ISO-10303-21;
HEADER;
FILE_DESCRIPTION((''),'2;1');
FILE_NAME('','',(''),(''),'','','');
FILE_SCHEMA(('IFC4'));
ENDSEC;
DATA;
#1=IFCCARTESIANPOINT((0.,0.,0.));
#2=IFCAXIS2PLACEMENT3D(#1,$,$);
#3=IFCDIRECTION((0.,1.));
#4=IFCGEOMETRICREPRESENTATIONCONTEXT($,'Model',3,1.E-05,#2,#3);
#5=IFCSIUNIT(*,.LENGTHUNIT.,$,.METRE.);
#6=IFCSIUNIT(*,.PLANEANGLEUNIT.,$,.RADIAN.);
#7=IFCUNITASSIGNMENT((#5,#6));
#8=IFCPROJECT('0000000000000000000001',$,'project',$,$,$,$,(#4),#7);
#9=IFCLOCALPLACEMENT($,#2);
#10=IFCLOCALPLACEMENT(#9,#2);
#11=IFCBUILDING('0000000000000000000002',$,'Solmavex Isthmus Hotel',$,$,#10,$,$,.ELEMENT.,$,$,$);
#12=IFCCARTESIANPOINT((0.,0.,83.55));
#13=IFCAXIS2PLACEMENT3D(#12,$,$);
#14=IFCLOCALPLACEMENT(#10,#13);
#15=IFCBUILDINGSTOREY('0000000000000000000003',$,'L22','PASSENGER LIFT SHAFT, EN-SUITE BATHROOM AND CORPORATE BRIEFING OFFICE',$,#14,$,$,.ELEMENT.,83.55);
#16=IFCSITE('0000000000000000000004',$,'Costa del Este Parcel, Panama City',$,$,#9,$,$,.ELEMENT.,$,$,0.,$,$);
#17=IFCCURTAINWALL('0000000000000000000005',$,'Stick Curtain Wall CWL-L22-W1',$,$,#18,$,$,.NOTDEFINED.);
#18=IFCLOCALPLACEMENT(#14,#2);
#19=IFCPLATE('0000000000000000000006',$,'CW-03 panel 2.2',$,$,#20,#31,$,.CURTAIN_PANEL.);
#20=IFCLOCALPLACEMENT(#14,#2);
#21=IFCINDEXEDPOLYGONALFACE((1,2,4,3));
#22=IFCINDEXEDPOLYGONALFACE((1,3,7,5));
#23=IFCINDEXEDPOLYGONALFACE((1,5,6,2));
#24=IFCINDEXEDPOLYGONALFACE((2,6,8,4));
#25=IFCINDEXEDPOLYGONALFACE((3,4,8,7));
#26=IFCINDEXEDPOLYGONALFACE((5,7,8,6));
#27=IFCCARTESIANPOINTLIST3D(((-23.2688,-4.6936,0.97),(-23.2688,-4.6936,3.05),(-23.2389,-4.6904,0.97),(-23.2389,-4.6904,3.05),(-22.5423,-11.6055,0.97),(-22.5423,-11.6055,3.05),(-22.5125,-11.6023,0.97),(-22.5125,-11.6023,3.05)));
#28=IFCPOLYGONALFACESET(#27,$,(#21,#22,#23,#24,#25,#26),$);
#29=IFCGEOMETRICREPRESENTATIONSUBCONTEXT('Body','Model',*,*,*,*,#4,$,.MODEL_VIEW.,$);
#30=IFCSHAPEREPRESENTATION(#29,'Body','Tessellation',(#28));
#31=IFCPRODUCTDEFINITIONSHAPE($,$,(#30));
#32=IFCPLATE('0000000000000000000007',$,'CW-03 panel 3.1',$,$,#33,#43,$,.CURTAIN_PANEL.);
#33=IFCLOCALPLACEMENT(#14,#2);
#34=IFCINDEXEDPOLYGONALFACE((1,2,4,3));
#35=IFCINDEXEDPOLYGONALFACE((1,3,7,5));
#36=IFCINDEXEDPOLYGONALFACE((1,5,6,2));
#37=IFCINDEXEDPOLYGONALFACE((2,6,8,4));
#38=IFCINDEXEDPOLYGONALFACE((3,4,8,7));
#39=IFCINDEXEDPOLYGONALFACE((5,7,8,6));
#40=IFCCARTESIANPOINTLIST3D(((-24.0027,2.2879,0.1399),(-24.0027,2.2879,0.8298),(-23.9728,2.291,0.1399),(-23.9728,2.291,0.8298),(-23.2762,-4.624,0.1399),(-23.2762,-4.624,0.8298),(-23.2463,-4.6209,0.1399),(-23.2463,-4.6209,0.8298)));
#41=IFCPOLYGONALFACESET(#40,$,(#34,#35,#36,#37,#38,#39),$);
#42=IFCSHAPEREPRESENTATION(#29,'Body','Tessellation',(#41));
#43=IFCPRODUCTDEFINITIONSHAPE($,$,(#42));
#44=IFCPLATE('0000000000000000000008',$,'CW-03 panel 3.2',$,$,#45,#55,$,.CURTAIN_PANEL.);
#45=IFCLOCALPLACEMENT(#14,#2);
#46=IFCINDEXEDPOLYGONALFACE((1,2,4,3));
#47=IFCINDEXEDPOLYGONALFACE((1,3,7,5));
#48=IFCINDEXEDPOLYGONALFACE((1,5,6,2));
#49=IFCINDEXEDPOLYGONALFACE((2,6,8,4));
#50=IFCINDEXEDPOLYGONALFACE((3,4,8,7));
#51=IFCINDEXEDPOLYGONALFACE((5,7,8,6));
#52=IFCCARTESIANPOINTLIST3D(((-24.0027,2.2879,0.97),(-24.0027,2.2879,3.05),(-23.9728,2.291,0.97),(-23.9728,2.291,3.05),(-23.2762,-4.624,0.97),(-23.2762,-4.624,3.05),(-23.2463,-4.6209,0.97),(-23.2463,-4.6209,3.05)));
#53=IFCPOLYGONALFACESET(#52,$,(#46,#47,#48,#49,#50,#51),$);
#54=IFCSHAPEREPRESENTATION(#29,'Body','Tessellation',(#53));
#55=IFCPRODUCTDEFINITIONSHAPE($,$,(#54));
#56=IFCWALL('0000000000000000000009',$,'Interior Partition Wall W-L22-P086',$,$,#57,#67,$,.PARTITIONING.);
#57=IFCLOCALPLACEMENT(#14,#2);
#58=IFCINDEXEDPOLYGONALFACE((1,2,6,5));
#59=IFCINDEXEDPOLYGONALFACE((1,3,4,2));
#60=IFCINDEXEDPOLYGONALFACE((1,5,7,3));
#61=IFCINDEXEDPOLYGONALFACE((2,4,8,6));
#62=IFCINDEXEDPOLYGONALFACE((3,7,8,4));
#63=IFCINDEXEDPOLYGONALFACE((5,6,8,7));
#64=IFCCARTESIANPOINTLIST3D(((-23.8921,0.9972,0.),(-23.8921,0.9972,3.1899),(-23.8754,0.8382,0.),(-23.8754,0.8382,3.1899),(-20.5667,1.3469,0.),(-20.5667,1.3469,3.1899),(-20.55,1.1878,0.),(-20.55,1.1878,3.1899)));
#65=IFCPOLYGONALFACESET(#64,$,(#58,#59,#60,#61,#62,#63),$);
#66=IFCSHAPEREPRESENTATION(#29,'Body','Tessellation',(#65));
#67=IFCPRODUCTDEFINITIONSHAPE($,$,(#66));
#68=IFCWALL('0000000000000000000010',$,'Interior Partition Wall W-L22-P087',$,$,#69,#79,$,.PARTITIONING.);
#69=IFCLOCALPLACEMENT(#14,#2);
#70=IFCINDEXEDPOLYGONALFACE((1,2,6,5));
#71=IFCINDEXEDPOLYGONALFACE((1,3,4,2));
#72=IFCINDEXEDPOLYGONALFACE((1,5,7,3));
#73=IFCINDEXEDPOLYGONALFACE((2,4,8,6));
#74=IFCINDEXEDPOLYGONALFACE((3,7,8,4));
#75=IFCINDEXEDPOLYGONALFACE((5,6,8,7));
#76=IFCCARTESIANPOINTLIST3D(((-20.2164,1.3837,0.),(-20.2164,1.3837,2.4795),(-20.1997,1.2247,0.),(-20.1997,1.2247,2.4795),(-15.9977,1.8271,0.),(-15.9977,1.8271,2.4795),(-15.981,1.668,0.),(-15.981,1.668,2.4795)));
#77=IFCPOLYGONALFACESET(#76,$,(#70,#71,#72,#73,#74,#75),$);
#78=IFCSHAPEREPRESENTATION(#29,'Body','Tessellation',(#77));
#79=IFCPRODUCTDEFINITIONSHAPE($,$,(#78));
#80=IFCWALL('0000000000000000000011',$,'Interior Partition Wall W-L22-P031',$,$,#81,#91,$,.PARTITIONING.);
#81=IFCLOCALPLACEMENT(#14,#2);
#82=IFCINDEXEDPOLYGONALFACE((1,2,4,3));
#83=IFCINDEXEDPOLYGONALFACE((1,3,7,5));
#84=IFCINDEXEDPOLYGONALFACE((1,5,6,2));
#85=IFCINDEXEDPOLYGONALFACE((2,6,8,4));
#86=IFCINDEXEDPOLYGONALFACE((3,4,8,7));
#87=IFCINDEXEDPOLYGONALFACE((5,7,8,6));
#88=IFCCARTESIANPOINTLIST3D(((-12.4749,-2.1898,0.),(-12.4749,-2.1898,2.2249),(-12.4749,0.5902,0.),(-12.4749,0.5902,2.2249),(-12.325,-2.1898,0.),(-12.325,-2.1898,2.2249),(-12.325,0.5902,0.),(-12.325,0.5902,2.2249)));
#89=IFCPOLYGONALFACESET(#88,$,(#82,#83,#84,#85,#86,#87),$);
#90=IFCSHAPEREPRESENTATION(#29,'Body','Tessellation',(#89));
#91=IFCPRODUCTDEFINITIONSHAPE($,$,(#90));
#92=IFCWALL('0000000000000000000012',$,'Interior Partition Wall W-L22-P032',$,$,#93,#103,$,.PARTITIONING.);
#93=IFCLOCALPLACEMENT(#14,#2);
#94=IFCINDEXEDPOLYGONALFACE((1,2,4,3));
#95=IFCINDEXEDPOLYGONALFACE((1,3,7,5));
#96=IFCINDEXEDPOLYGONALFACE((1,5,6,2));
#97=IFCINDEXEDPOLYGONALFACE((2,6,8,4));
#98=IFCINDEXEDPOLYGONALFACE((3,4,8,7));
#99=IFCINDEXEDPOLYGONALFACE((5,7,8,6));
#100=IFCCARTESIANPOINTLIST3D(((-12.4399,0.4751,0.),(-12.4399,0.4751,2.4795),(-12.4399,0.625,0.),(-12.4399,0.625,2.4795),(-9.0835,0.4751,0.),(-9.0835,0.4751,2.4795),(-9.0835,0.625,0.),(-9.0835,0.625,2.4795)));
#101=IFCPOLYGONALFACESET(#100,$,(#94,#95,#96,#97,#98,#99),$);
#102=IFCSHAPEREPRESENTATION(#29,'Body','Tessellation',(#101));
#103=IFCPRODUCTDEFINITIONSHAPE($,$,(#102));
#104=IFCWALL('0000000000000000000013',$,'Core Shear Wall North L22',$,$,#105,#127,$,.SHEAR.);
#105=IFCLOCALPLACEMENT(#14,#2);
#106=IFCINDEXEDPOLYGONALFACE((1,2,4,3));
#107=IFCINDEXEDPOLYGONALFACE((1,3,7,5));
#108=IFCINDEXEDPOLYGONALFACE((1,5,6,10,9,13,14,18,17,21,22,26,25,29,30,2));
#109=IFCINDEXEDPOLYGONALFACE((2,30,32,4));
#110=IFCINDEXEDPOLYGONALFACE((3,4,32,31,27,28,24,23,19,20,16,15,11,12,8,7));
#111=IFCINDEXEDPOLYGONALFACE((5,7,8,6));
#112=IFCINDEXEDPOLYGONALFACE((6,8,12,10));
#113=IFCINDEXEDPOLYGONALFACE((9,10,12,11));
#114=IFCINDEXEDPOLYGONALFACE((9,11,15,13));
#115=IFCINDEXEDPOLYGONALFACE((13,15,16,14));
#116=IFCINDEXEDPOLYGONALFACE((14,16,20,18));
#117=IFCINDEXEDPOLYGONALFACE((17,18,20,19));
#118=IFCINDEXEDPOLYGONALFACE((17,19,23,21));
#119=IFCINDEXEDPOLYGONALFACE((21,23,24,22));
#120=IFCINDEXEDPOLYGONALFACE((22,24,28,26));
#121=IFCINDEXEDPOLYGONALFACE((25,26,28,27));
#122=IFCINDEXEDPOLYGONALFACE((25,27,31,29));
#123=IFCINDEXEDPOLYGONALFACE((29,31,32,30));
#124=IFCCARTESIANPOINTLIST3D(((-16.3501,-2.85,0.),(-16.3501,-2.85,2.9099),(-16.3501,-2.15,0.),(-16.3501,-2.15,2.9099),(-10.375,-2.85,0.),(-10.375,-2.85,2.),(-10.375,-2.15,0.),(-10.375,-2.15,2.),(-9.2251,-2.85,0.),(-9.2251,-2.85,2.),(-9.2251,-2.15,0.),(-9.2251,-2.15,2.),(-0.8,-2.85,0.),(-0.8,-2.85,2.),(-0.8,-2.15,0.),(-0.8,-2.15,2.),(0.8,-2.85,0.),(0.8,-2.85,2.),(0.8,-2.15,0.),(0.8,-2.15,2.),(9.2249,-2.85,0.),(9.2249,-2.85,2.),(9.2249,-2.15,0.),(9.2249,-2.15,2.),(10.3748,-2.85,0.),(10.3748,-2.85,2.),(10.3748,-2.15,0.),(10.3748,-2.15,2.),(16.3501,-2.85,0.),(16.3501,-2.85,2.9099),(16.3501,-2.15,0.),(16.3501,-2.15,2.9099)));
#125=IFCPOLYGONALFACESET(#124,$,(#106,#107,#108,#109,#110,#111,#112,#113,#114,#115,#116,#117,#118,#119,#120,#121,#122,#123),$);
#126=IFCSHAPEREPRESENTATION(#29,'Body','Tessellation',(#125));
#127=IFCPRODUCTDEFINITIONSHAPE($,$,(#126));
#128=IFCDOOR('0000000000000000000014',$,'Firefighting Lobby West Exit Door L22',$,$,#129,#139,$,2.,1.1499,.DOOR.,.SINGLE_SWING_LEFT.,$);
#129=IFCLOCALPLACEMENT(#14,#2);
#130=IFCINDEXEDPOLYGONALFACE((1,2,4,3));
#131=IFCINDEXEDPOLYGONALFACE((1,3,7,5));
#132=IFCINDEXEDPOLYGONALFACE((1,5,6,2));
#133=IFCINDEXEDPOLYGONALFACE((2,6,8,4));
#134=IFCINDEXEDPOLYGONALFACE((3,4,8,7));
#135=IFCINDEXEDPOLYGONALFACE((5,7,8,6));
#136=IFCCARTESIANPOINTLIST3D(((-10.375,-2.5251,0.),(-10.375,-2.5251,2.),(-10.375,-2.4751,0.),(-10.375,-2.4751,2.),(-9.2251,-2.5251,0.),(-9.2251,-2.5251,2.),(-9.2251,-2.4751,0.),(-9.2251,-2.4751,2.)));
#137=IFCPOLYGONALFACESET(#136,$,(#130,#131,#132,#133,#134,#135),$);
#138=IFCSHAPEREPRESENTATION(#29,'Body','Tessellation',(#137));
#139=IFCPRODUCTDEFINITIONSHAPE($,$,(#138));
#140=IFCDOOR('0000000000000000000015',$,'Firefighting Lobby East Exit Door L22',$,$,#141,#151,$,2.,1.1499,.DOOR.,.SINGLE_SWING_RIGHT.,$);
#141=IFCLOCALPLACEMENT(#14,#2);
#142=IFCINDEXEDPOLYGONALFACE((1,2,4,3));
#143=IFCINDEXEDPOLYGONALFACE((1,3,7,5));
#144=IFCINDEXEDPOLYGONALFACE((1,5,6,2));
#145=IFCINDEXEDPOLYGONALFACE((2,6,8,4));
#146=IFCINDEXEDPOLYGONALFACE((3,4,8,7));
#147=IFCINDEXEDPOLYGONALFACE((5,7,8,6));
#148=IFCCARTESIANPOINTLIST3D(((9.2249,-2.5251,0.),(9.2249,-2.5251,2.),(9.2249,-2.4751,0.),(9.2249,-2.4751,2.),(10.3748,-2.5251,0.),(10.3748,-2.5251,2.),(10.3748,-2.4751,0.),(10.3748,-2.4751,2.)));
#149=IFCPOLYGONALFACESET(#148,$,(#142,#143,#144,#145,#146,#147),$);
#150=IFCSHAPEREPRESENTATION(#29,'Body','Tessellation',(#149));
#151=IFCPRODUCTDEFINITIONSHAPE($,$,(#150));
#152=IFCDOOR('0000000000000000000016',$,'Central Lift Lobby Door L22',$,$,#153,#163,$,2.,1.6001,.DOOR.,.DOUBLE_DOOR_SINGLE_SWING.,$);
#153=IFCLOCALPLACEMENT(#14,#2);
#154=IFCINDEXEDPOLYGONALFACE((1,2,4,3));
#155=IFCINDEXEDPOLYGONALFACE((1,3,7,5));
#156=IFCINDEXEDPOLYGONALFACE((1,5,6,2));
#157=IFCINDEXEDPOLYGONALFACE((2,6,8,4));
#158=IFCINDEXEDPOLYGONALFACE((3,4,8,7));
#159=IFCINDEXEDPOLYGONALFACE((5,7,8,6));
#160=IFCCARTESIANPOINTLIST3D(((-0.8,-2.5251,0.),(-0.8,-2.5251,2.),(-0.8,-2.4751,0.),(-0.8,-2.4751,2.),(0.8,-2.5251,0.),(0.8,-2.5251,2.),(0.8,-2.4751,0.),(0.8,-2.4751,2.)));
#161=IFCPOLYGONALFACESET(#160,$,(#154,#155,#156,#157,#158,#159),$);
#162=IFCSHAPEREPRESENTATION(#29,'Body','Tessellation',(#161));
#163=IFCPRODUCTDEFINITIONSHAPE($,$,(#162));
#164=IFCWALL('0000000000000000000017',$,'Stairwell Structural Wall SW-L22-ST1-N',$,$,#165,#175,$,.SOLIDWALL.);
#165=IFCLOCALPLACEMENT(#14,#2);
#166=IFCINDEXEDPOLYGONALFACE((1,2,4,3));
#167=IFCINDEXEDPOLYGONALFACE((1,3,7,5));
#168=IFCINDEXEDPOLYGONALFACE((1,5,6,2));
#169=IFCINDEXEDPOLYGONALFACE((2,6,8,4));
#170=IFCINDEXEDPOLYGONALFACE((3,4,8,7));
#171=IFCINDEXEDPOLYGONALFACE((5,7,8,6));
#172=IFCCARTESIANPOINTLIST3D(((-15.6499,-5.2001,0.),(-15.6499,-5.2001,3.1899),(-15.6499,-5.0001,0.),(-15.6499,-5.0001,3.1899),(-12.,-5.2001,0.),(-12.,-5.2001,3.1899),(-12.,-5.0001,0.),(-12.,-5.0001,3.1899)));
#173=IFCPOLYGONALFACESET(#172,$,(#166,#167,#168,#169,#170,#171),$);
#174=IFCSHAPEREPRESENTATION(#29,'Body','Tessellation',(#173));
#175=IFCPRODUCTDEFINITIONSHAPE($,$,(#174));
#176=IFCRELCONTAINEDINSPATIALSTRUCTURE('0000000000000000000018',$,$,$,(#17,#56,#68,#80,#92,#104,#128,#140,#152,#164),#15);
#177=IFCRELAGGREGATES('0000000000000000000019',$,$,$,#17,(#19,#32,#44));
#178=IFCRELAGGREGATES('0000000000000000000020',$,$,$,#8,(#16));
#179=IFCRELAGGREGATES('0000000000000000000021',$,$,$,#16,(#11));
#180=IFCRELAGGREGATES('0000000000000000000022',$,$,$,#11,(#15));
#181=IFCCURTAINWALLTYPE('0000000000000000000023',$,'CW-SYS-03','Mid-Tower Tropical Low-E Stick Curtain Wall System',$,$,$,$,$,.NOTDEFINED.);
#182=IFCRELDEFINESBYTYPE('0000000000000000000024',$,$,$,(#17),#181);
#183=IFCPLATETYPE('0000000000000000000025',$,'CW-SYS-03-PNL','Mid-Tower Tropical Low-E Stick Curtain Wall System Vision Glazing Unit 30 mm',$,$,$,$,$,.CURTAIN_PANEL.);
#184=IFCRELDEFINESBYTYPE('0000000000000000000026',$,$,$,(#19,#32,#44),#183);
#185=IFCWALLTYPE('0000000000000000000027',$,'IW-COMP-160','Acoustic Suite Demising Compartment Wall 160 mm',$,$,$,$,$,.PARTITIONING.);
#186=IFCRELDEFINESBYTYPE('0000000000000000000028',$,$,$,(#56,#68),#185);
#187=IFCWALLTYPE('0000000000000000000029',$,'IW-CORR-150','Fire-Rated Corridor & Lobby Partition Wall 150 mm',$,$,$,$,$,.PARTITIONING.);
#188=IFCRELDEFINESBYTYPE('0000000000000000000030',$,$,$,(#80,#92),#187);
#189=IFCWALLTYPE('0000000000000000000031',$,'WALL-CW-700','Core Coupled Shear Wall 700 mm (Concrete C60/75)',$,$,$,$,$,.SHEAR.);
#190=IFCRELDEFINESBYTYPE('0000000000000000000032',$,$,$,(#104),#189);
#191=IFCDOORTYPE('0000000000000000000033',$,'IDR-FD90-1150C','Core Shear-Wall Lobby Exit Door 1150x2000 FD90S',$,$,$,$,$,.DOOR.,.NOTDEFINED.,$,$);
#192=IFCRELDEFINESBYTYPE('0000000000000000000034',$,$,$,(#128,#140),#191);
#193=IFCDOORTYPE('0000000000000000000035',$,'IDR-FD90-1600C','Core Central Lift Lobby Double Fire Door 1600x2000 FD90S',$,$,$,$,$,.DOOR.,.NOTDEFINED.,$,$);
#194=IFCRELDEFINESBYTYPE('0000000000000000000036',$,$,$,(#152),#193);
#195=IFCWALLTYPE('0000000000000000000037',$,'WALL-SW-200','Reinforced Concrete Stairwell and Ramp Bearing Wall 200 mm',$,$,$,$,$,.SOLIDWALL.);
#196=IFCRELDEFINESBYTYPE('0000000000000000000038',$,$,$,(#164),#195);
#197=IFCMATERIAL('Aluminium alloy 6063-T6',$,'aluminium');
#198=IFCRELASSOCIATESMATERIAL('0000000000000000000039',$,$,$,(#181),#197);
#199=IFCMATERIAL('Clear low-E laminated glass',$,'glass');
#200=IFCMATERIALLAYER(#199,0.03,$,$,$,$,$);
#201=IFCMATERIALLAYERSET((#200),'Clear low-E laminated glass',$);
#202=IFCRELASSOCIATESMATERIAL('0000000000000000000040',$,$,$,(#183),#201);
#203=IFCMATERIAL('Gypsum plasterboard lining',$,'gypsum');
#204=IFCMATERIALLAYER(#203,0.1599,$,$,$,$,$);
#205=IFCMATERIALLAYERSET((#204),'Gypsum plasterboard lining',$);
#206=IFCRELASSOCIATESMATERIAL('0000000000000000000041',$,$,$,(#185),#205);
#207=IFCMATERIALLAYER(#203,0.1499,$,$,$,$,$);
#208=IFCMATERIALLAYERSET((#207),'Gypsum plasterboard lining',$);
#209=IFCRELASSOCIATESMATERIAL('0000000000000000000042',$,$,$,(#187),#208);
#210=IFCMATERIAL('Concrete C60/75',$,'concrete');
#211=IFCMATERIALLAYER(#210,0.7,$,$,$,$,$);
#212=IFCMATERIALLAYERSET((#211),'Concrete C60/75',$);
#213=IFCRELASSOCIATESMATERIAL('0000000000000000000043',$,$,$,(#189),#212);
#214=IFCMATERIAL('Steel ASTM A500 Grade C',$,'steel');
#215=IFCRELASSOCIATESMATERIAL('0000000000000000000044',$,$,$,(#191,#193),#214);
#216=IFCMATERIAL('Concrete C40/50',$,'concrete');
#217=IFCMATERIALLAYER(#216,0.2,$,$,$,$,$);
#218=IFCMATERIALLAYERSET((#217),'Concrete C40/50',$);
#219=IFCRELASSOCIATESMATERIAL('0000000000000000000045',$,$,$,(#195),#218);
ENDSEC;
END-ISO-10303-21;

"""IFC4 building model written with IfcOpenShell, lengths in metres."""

from ifc_helpers import new_model, si_unit, direction, frame, frame_2d, origin, origin_2d, place, context, subcontext, project, spatial, rectangle, extrude, material, layer, layer_set, type_object, element, fill, aggregate, save


model = new_model("IFC4")

# Units and contexts
model_context = context("Model", 3, precision=1e-05, world=origin(), true_north=direction((0.0, 1.0)))
body_context = subcontext(model_context, "Body", "Model", "MODEL_VIEW")
ifc_project = project(units=[si_unit("LENGTHUNIT", "METRE"), si_unit("PLANEANGLEUNIT", "RADIAN")], contexts=[model_context])

# Site, building, storey
site_placement = place(None, origin())
site = spatial("IfcSite", under=ifc_project, at=site_placement, Name="Costa del Este Parcel, Panama City", CompositionType="ELEMENT", RefElevation=0.0)
building_placement = place(site_placement, origin())
building = spatial("IfcBuilding", under=site, at=building_placement, Name="Solmavex Isthmus Hotel", CompositionType="ELEMENT")
storey_placement = place(building_placement, frame((0.0, 0.0, 83.55)))
storey = spatial("IfcBuildingStorey", under=building, at=storey_placement, Name="L22", Description="PASSENGER LIFT SHAFT, EN-SUITE BATHROOM AND CORPORATE BRIEFING OFFICE", CompositionType="ELEMENT", Elevation=83.55)

# Shared definitions
ifc_material_1 = material(Name="Concrete C60/75", Category="concrete")

# Curtain wall, plates
ifc_material_2 = material(Name="Aluminium alloy 6063-T6", Category="aluminium")
curtain_wall_type = type_object("IfcCurtainWallType", Name="CW-SYS-03", Description="Mid-Tower Tropical Low-E Stick Curtain Wall System", PredefinedType="NOTDEFINED", material=ifc_material_2)
curtain_wall_placement = place(storey_placement, origin())
curtain_wall = element("IfcCurtainWall", 1, at=curtain_wall_placement, inside=storey, type_object=curtain_wall_type, Name="Stick Curtain Wall CWL-L22-W1", PredefinedType="NOTDEFINED")
ifc_material_3 = material(Name="Clear low-E laminated glass", Category="glass")
ifc_layer_1 = layer(ifc_material_3, 0.03)
ifc_layer_set_1 = layer_set([ifc_layer_1], Name="Clear low-E laminated glass")
plate_type = type_object("IfcPlateType", Name="CW-SYS-03-PNL", Description="Mid-Tower Tropical Low-E Stick Curtain Wall System Vision Glazing Unit 30 mm", PredefinedType="CURTAIN_PANEL", material=ifc_layer_set_1)
plate_1_placement = place(storey_placement, frame((-22.8906, -8.1479, 0.97), z_axis=(0.0, 0.0, 1.0), x_axis=(-0.104528, 0.994522, 0.0)))
plate_1 = element("IfcPlate", 2, at=plate_1_placement, type_object=plate_type, Name="CW-03 panel 2.2", PredefinedType="CURTAIN_PANEL", context=body_context, shape_type="SweptSolid", body=[
    extrude(rectangle(XDim=6.95, YDim=0.03, at=origin_2d()), origin(), (0.0, 0.0, 1.0), 2.0801),
])
plate_2_placement = place(storey_placement, frame((-23.6245, -1.1665, 0.1399), z_axis=(0.0, 0.0, 1.0), x_axis=(-0.104528, 0.994522, 0.0)))
plate_2 = element("IfcPlate", 3, at=plate_2_placement, type_object=plate_type, Name="CW-03 panel 3.1", PredefinedType="CURTAIN_PANEL", context=body_context, shape_type="SweptSolid", body=[
    extrude(rectangle(XDim=6.95, YDim=0.03, at=origin_2d()), origin(), (0.0, 0.0, 1.0), 0.6899),
])
plate_3_placement = place(storey_placement, frame((-23.6245, -1.1665, 0.97), z_axis=(0.0, 0.0, 1.0), x_axis=(-0.104528, 0.994522, 0.0)))
plate_3 = element("IfcPlate", 4, at=plate_3_placement, type_object=plate_type, Name="CW-03 panel 3.2", PredefinedType="CURTAIN_PANEL", context=body_context, shape_type="SweptSolid", body=[
    extrude(rectangle(XDim=6.95, YDim=0.03, at=origin_2d()), origin(), (0.0, 0.0, 1.0), 2.0801),
])
aggregate(curtain_wall, [plate_1, plate_2, plate_3])

# Walls
ifc_material_4 = material(Name="Gypsum plasterboard lining", Category="gypsum")
ifc_layer_2 = layer(ifc_material_4, 0.1599)
ifc_layer_set_2 = layer_set([ifc_layer_2], Name="Gypsum plasterboard lining")
wall_type_1 = type_object("IfcWallType", Name="IW-COMP-160", Description="Acoustic Suite Demising Compartment Wall 160 mm", PredefinedType="PARTITIONING", material=ifc_layer_set_2)
wall_1_placement = place(storey_placement, frame((-20.5583, 1.2673, 0.0), z_axis=(0.0, 0.0, 1.0), x_axis=(-0.994519, -0.104556, 0.0)))
element("IfcWall", 5, at=wall_1_placement, inside=storey, type_object=wall_type_1, Name="Interior Partition Wall W-L22-P086", PredefinedType="PARTITIONING", context=body_context, shape_type="SweptSolid", body=[
    extrude(rectangle(XDim=3.3438, YDim=0.1599, at=frame_2d((1.6719, 0.0))), origin(), (0.0, 0.0, 1.0), 3.1899),
])
wall_2_placement = place(storey_placement, frame((-15.9893, 1.7476, 0.0), z_axis=(0.0, 0.0, 1.0), x_axis=(-0.994523, -0.104517, 0.0)))
element("IfcWall", 6, at=wall_2_placement, inside=storey, type_object=wall_type_1, Name="Interior Partition Wall W-L22-P087", PredefinedType="PARTITIONING", context=body_context, shape_type="SweptSolid", body=[
    extrude(rectangle(XDim=4.2419, YDim=0.1599, at=frame_2d((2.1211, 0.0))), origin(), (0.0, 0.0, 1.0), 2.4795),
])

# Shared definitions
ifc_layer_3 = layer(ifc_material_4, 0.1499)
ifc_layer_set_3 = layer_set([ifc_layer_3], Name="Gypsum plasterboard lining")
wall_type_2 = type_object("IfcWallType", Name="IW-CORR-150", Description="Fire-Rated Corridor & Lobby Partition Wall 150 mm", PredefinedType="PARTITIONING", material=ifc_layer_set_3)

# Walls
wall_3_placement = place(storey_placement, frame((-12.3999, -2.1899, 0.0), z_axis=(0.0, 0.0, 1.0), x_axis=(0.0, 1.0, 0.0)))
element("IfcWall", 7, at=wall_3_placement, inside=storey, type_object=wall_type_2, Name="Interior Partition Wall W-L22-P031", PredefinedType="PARTITIONING", context=body_context, shape_type="SweptSolid", body=[
    extrude(rectangle(XDim=2.78, YDim=0.1499, at=frame_2d((1.3901, 0.0))), origin(), (0.0, 0.0, 1.0), 2.2249),
])
wall_4_placement = place(storey_placement, frame((-12.4399, 0.55, 0.0), z_axis=(0.0, 0.0, 1.0), x_axis=(1.0, 0.0, 0.0)))
element("IfcWall", 8, at=wall_4_placement, inside=storey, type_object=wall_type_2, Name="Interior Partition Wall W-L22-P032", PredefinedType="PARTITIONING", context=body_context, shape_type="SweptSolid", body=[
    extrude(rectangle(XDim=3.3564, YDim=0.1499, at=frame_2d((1.6782, 0.0))), origin(), (0.0, 0.0, 1.0), 2.4795),
])

# Wall, openings, doors
ifc_layer_4 = layer(ifc_material_1, 0.7)
ifc_layer_set_4 = layer_set([ifc_layer_4], Name="Concrete C60/75")
wall_type_3 = type_object("IfcWallType", Name="WALL-CW-700", Description="Core Coupled Shear Wall 700 mm (Concrete C60/75)", PredefinedType="SHEAR", material=ifc_layer_set_4)
wall_5_placement = place(storey_placement, frame((-16.3501, -2.5, 0.0), z_axis=(0.0, 0.0, 1.0), x_axis=(1.0, 0.0, 0.0)))
wall_5 = element("IfcWall", 9, at=wall_5_placement, inside=storey, type_object=wall_type_3, Name="Core Shear Wall North L22", PredefinedType="SHEAR", context=body_context, shape_type="SweptSolid", body=[
    extrude(rectangle(XDim=32.7002, YDim=0.7, at=frame_2d((16.3501, 0.0))), origin(), (0.0, 0.0, 1.0), 2.9099),
])
opening_1_placement = place(wall_5_placement, frame((5.9751, 0.0, 0.0)))
opening_1 = element("IfcOpeningElement", 10, at=opening_1_placement, cuts=wall_5, PredefinedType="OPENING", context=body_context, shape_type="SweptSolid", body=[
    extrude(rectangle(XDim=1.1499, YDim=2.0, at=frame_2d((0.575, 1.0))), frame((0.0, 0.3599, 0.0), z_axis=(0.0, -1.0, 0.0), x_axis=(1.0, 0.0, 0.0)), (0.0, 0.0, 1.0), 0.72),
])
opening_2_placement = place(wall_5_placement, frame((15.55, 0.0, 0.0)))
opening_2 = element("IfcOpeningElement", 11, at=opening_2_placement, cuts=wall_5, PredefinedType="OPENING", context=body_context, shape_type="SweptSolid", body=[
    extrude(rectangle(XDim=1.6001, YDim=2.0, at=frame_2d((0.8, 1.0))), frame((0.0, 0.3599, 0.0), z_axis=(0.0, -1.0, 0.0), x_axis=(1.0, 0.0, 0.0)), (0.0, 0.0, 1.0), 0.72),
])
opening_3_placement = place(wall_5_placement, frame((25.575, 0.0, 0.0)))
opening_3 = element("IfcOpeningElement", 12, at=opening_3_placement, cuts=wall_5, PredefinedType="OPENING", context=body_context, shape_type="SweptSolid", body=[
    extrude(rectangle(XDim=1.1499, YDim=2.0, at=frame_2d((0.575, 1.0))), frame((0.0, 0.3599, 0.0), z_axis=(0.0, -1.0, 0.0), x_axis=(1.0, 0.0, 0.0)), (0.0, 0.0, 1.0), 0.72),
])
ifc_material_5 = material(Name="Steel ASTM A500 Grade C", Category="steel")
door_type_1 = type_object("IfcDoorType", Name="IDR-FD90-1150C", Description="Core Shear-Wall Lobby Exit Door 1150x2000 FD90S", OperationType="NOTDEFINED", PredefinedType="DOOR", material=ifc_material_5)
door_1_placement = place(opening_1_placement, origin())
door_1 = element("IfcDoor", 13, at=door_1_placement, inside=storey, type_object=door_type_1, Name="Firefighting Lobby West Exit Door L22", OperationType="SINGLE_SWING_LEFT", OverallHeight=2.0, OverallWidth=1.1499, PredefinedType="DOOR", context=body_context, shape_type="SweptSolid", body=[
    extrude(rectangle(XDim=1.1499, YDim=2.0, at=frame_2d((0.575, 1.0))), frame((0.0, 0.0249, 0.0), z_axis=(0.0, -1.0, 0.0), x_axis=(1.0, 0.0, 0.0)), (0.0, 0.0, 1.0), 0.05),
])
fill(opening_1, door_1)
door_2_placement = place(opening_3_placement, origin())
door_2 = element("IfcDoor", 14, at=door_2_placement, inside=storey, type_object=door_type_1, Name="Firefighting Lobby East Exit Door L22", OperationType="SINGLE_SWING_RIGHT", OverallHeight=2.0, OverallWidth=1.1499, PredefinedType="DOOR", context=body_context, shape_type="SweptSolid", body=[
    extrude(rectangle(XDim=1.1499, YDim=2.0, at=frame_2d((0.575, 1.0))), frame((0.0, 0.0249, 0.0), z_axis=(0.0, -1.0, 0.0), x_axis=(1.0, 0.0, 0.0)), (0.0, 0.0, 1.0), 0.05),
])
fill(opening_3, door_2)
door_type_2 = type_object("IfcDoorType", Name="IDR-FD90-1600C", Description="Core Central Lift Lobby Double Fire Door 1600x2000 FD90S", OperationType="NOTDEFINED", PredefinedType="DOOR", material=ifc_material_5)
door_3_placement = place(opening_2_placement, origin())
door_3 = element("IfcDoor", 15, at=door_3_placement, inside=storey, type_object=door_type_2, Name="Central Lift Lobby Door L22", OperationType="DOUBLE_DOOR_SINGLE_SWING", OverallHeight=2.0, OverallWidth=1.6001, PredefinedType="DOOR", context=body_context, shape_type="SweptSolid", body=[
    extrude(rectangle(XDim=1.6001, YDim=2.0, at=frame_2d((0.8, 1.0))), frame((0.0, 0.0249, 0.0), z_axis=(0.0, -1.0, 0.0), x_axis=(1.0, 0.0, 0.0)), (0.0, 0.0, 1.0), 0.05),
])
fill(opening_2, door_3)

# Wall
ifc_material_6 = material(Name="Concrete C40/50", Category="concrete")
ifc_layer_5 = layer(ifc_material_6, 0.2)
ifc_layer_set_5 = layer_set([ifc_layer_5], Name="Concrete C40/50")
wall_type_4 = type_object("IfcWallType", Name="WALL-SW-200", Description="Reinforced Concrete Stairwell and Ramp Bearing Wall 200 mm", PredefinedType="SOLIDWALL", material=ifc_layer_set_5)
wall_6_placement = place(storey_placement, frame((-15.6499, -5.1001, 0.0), z_axis=(0.0, 0.0, 1.0), x_axis=(1.0, 0.0, 0.0)))
element("IfcWall", 16, at=wall_6_placement, inside=storey, type_object=wall_type_4, Name="Stairwell Structural Wall SW-L22-ST1-N", PredefinedType="SOLIDWALL", context=body_context, shape_type="SweptSolid", body=[
    extrude(rectangle(XDim=3.6499, YDim=0.2, at=frame_2d((1.825, 0.0))), origin(), (0.0, 0.0, 1.0), 3.1899),
])

save(model, "model.ifc")
